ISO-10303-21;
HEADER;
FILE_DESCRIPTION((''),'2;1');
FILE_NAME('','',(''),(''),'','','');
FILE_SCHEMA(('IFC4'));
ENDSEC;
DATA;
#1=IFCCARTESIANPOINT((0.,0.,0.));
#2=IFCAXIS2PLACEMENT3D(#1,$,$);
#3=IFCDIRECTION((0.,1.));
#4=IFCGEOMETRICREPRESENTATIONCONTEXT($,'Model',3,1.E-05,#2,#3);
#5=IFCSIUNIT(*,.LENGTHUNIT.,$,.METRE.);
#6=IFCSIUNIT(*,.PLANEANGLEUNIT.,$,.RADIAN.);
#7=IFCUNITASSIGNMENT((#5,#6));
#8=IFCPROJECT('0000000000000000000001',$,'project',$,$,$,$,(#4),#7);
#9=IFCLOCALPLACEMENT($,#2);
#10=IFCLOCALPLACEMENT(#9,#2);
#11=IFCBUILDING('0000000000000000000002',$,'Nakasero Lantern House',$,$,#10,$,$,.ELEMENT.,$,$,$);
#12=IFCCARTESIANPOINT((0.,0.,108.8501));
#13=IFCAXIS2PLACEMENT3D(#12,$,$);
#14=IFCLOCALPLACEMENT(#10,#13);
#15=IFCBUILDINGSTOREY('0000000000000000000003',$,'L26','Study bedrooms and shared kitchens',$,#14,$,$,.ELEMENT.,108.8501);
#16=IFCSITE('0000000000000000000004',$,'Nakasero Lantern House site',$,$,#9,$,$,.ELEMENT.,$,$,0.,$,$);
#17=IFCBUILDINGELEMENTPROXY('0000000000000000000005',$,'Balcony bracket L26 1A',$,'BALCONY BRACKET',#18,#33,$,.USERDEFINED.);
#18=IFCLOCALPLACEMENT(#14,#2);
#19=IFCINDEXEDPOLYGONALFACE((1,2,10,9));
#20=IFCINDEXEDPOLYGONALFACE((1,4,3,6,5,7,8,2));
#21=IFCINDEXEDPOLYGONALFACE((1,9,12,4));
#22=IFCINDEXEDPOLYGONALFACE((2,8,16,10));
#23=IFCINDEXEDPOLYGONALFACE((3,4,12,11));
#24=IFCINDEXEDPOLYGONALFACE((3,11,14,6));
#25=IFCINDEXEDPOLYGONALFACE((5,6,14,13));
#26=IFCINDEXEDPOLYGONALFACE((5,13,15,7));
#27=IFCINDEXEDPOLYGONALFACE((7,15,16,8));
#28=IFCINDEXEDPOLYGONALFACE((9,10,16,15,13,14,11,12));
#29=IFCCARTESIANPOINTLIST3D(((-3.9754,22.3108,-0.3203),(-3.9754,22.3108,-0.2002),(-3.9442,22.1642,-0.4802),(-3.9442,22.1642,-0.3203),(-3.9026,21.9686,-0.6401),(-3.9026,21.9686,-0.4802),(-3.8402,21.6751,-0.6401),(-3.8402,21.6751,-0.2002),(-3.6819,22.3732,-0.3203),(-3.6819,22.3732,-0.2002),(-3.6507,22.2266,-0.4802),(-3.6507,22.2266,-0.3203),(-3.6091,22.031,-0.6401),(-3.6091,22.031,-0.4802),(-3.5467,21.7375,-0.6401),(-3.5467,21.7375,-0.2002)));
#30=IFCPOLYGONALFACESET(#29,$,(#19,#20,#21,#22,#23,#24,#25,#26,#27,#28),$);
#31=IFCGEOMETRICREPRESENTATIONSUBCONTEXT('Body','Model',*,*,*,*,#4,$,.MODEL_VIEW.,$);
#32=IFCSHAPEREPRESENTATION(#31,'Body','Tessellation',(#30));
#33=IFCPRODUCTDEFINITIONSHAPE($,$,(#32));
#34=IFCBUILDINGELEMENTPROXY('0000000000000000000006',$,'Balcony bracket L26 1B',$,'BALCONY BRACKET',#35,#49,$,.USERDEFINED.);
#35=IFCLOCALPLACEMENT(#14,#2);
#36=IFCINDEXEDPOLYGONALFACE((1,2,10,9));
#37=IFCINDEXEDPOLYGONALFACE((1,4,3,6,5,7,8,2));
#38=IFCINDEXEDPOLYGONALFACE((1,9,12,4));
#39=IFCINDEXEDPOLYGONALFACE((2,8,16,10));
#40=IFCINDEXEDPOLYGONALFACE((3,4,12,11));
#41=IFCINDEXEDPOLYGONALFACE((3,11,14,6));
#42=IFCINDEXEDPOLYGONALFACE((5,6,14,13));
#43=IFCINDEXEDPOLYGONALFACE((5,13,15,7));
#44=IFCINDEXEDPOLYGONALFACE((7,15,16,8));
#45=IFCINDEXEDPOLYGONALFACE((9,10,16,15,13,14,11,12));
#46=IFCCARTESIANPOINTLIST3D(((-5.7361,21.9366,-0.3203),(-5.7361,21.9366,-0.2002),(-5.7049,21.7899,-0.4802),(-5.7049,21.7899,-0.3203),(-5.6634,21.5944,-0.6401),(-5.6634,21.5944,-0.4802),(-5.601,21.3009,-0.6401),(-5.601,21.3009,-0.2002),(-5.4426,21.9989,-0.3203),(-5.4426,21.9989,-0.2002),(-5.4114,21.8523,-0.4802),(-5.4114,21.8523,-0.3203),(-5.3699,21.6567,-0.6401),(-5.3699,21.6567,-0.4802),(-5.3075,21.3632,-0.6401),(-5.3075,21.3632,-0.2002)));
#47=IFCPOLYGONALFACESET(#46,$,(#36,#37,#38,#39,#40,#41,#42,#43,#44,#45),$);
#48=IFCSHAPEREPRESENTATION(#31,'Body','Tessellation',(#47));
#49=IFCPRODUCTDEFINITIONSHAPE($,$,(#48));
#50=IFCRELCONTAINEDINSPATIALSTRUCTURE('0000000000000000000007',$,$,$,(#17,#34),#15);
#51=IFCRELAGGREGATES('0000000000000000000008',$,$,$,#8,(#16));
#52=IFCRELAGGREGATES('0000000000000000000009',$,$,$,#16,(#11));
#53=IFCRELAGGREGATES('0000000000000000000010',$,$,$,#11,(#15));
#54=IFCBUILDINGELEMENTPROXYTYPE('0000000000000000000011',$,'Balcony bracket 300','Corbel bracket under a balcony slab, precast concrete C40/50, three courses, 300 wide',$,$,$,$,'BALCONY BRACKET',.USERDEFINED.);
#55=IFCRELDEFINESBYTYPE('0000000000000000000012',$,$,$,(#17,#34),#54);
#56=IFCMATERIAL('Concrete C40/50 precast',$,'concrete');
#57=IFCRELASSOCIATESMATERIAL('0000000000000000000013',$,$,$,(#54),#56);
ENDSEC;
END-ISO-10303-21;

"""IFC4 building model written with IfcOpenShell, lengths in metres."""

from ifc_helpers import new_model, si_unit, direction, frame, origin, place, context, subcontext, project, spatial, polyline, outline, extrude, material, type_object, element, save


model = new_model("IFC4")

# Units and contexts
model_context = context("Model", 3, precision=1e-05, world=origin(), true_north=direction((0.0, 1.0)))
body_context = subcontext(model_context, "Body", "Model", "MODEL_VIEW")
ifc_project = project(units=[si_unit("LENGTHUNIT", "METRE"), si_unit("PLANEANGLEUNIT", "RADIAN")], contexts=[model_context])

# Site, building, storey
site_placement = place(None, origin())
site = spatial("IfcSite", under=ifc_project, at=site_placement, Name="Nakasero Lantern House site", CompositionType="ELEMENT", RefElevation=0.0)
building_placement = place(site_placement, origin())
building = spatial("IfcBuilding", under=site, at=building_placement, Name="Nakasero Lantern House", CompositionType="ELEMENT")
storey_placement = place(building_placement, frame((0.0, 0.0, 108.8501)))
storey = spatial("IfcBuildingStorey", under=building, at=storey_placement, Name="L26", Description="Study bedrooms and shared kitchens", CompositionType="ELEMENT", Elevation=108.8501)

# Building element proxies
ifc_material_1 = material(Name="Concrete C40/50 precast", Category="concrete")
building_element_proxy_type = type_object("IfcBuildingElementProxyType", Name="Balcony bracket 300", Description="Corbel bracket under a balcony slab, precast concrete C40/50, three courses, 300 wide", ElementType="BALCONY BRACKET", PredefinedType="USERDEFINED", material=ifc_material_1)
for number, where, z_axis, x_axis, name in (
    (1, (-3.6936, 21.7063, -0.2002), (0.0, 0.0, 1.0), (-0.207912, 0.978148, 0.0), "Balcony bracket L26 1A"),
    (2, (-5.4543, 21.332, -0.2002), (0.0, 0.0, 1.0), (-0.207912, 0.978148, 0.0), "Balcony bracket L26 1B"),
):
    element("IfcBuildingElementProxy", number, at=place(storey_placement, frame(where, z_axis=z_axis, x_axis=x_axis)), inside=storey, type_object=building_element_proxy_type, Name=name, ObjectType="BALCONY BRACKET", PredefinedType="USERDEFINED", context=body_context, shape_type="SweptSolid", body=[
        extrude(outline(polyline([(0.0, 0.0), (0.6499, 0.0), (0.6499, -0.1201), (0.5, -0.1201), (0.5, -0.28), (0.3, -0.28), (0.3, -0.4399), (0.0, -0.4399), (0.0, 0.0)])), frame((0.0, 0.1499, 0.0), z_axis=(0.0, -1.0, 0.0), x_axis=(1.0, 0.0, 0.0)), (0.0, 0.0, 1.0), 0.3),
    ])

save(model, "model.ifc")
